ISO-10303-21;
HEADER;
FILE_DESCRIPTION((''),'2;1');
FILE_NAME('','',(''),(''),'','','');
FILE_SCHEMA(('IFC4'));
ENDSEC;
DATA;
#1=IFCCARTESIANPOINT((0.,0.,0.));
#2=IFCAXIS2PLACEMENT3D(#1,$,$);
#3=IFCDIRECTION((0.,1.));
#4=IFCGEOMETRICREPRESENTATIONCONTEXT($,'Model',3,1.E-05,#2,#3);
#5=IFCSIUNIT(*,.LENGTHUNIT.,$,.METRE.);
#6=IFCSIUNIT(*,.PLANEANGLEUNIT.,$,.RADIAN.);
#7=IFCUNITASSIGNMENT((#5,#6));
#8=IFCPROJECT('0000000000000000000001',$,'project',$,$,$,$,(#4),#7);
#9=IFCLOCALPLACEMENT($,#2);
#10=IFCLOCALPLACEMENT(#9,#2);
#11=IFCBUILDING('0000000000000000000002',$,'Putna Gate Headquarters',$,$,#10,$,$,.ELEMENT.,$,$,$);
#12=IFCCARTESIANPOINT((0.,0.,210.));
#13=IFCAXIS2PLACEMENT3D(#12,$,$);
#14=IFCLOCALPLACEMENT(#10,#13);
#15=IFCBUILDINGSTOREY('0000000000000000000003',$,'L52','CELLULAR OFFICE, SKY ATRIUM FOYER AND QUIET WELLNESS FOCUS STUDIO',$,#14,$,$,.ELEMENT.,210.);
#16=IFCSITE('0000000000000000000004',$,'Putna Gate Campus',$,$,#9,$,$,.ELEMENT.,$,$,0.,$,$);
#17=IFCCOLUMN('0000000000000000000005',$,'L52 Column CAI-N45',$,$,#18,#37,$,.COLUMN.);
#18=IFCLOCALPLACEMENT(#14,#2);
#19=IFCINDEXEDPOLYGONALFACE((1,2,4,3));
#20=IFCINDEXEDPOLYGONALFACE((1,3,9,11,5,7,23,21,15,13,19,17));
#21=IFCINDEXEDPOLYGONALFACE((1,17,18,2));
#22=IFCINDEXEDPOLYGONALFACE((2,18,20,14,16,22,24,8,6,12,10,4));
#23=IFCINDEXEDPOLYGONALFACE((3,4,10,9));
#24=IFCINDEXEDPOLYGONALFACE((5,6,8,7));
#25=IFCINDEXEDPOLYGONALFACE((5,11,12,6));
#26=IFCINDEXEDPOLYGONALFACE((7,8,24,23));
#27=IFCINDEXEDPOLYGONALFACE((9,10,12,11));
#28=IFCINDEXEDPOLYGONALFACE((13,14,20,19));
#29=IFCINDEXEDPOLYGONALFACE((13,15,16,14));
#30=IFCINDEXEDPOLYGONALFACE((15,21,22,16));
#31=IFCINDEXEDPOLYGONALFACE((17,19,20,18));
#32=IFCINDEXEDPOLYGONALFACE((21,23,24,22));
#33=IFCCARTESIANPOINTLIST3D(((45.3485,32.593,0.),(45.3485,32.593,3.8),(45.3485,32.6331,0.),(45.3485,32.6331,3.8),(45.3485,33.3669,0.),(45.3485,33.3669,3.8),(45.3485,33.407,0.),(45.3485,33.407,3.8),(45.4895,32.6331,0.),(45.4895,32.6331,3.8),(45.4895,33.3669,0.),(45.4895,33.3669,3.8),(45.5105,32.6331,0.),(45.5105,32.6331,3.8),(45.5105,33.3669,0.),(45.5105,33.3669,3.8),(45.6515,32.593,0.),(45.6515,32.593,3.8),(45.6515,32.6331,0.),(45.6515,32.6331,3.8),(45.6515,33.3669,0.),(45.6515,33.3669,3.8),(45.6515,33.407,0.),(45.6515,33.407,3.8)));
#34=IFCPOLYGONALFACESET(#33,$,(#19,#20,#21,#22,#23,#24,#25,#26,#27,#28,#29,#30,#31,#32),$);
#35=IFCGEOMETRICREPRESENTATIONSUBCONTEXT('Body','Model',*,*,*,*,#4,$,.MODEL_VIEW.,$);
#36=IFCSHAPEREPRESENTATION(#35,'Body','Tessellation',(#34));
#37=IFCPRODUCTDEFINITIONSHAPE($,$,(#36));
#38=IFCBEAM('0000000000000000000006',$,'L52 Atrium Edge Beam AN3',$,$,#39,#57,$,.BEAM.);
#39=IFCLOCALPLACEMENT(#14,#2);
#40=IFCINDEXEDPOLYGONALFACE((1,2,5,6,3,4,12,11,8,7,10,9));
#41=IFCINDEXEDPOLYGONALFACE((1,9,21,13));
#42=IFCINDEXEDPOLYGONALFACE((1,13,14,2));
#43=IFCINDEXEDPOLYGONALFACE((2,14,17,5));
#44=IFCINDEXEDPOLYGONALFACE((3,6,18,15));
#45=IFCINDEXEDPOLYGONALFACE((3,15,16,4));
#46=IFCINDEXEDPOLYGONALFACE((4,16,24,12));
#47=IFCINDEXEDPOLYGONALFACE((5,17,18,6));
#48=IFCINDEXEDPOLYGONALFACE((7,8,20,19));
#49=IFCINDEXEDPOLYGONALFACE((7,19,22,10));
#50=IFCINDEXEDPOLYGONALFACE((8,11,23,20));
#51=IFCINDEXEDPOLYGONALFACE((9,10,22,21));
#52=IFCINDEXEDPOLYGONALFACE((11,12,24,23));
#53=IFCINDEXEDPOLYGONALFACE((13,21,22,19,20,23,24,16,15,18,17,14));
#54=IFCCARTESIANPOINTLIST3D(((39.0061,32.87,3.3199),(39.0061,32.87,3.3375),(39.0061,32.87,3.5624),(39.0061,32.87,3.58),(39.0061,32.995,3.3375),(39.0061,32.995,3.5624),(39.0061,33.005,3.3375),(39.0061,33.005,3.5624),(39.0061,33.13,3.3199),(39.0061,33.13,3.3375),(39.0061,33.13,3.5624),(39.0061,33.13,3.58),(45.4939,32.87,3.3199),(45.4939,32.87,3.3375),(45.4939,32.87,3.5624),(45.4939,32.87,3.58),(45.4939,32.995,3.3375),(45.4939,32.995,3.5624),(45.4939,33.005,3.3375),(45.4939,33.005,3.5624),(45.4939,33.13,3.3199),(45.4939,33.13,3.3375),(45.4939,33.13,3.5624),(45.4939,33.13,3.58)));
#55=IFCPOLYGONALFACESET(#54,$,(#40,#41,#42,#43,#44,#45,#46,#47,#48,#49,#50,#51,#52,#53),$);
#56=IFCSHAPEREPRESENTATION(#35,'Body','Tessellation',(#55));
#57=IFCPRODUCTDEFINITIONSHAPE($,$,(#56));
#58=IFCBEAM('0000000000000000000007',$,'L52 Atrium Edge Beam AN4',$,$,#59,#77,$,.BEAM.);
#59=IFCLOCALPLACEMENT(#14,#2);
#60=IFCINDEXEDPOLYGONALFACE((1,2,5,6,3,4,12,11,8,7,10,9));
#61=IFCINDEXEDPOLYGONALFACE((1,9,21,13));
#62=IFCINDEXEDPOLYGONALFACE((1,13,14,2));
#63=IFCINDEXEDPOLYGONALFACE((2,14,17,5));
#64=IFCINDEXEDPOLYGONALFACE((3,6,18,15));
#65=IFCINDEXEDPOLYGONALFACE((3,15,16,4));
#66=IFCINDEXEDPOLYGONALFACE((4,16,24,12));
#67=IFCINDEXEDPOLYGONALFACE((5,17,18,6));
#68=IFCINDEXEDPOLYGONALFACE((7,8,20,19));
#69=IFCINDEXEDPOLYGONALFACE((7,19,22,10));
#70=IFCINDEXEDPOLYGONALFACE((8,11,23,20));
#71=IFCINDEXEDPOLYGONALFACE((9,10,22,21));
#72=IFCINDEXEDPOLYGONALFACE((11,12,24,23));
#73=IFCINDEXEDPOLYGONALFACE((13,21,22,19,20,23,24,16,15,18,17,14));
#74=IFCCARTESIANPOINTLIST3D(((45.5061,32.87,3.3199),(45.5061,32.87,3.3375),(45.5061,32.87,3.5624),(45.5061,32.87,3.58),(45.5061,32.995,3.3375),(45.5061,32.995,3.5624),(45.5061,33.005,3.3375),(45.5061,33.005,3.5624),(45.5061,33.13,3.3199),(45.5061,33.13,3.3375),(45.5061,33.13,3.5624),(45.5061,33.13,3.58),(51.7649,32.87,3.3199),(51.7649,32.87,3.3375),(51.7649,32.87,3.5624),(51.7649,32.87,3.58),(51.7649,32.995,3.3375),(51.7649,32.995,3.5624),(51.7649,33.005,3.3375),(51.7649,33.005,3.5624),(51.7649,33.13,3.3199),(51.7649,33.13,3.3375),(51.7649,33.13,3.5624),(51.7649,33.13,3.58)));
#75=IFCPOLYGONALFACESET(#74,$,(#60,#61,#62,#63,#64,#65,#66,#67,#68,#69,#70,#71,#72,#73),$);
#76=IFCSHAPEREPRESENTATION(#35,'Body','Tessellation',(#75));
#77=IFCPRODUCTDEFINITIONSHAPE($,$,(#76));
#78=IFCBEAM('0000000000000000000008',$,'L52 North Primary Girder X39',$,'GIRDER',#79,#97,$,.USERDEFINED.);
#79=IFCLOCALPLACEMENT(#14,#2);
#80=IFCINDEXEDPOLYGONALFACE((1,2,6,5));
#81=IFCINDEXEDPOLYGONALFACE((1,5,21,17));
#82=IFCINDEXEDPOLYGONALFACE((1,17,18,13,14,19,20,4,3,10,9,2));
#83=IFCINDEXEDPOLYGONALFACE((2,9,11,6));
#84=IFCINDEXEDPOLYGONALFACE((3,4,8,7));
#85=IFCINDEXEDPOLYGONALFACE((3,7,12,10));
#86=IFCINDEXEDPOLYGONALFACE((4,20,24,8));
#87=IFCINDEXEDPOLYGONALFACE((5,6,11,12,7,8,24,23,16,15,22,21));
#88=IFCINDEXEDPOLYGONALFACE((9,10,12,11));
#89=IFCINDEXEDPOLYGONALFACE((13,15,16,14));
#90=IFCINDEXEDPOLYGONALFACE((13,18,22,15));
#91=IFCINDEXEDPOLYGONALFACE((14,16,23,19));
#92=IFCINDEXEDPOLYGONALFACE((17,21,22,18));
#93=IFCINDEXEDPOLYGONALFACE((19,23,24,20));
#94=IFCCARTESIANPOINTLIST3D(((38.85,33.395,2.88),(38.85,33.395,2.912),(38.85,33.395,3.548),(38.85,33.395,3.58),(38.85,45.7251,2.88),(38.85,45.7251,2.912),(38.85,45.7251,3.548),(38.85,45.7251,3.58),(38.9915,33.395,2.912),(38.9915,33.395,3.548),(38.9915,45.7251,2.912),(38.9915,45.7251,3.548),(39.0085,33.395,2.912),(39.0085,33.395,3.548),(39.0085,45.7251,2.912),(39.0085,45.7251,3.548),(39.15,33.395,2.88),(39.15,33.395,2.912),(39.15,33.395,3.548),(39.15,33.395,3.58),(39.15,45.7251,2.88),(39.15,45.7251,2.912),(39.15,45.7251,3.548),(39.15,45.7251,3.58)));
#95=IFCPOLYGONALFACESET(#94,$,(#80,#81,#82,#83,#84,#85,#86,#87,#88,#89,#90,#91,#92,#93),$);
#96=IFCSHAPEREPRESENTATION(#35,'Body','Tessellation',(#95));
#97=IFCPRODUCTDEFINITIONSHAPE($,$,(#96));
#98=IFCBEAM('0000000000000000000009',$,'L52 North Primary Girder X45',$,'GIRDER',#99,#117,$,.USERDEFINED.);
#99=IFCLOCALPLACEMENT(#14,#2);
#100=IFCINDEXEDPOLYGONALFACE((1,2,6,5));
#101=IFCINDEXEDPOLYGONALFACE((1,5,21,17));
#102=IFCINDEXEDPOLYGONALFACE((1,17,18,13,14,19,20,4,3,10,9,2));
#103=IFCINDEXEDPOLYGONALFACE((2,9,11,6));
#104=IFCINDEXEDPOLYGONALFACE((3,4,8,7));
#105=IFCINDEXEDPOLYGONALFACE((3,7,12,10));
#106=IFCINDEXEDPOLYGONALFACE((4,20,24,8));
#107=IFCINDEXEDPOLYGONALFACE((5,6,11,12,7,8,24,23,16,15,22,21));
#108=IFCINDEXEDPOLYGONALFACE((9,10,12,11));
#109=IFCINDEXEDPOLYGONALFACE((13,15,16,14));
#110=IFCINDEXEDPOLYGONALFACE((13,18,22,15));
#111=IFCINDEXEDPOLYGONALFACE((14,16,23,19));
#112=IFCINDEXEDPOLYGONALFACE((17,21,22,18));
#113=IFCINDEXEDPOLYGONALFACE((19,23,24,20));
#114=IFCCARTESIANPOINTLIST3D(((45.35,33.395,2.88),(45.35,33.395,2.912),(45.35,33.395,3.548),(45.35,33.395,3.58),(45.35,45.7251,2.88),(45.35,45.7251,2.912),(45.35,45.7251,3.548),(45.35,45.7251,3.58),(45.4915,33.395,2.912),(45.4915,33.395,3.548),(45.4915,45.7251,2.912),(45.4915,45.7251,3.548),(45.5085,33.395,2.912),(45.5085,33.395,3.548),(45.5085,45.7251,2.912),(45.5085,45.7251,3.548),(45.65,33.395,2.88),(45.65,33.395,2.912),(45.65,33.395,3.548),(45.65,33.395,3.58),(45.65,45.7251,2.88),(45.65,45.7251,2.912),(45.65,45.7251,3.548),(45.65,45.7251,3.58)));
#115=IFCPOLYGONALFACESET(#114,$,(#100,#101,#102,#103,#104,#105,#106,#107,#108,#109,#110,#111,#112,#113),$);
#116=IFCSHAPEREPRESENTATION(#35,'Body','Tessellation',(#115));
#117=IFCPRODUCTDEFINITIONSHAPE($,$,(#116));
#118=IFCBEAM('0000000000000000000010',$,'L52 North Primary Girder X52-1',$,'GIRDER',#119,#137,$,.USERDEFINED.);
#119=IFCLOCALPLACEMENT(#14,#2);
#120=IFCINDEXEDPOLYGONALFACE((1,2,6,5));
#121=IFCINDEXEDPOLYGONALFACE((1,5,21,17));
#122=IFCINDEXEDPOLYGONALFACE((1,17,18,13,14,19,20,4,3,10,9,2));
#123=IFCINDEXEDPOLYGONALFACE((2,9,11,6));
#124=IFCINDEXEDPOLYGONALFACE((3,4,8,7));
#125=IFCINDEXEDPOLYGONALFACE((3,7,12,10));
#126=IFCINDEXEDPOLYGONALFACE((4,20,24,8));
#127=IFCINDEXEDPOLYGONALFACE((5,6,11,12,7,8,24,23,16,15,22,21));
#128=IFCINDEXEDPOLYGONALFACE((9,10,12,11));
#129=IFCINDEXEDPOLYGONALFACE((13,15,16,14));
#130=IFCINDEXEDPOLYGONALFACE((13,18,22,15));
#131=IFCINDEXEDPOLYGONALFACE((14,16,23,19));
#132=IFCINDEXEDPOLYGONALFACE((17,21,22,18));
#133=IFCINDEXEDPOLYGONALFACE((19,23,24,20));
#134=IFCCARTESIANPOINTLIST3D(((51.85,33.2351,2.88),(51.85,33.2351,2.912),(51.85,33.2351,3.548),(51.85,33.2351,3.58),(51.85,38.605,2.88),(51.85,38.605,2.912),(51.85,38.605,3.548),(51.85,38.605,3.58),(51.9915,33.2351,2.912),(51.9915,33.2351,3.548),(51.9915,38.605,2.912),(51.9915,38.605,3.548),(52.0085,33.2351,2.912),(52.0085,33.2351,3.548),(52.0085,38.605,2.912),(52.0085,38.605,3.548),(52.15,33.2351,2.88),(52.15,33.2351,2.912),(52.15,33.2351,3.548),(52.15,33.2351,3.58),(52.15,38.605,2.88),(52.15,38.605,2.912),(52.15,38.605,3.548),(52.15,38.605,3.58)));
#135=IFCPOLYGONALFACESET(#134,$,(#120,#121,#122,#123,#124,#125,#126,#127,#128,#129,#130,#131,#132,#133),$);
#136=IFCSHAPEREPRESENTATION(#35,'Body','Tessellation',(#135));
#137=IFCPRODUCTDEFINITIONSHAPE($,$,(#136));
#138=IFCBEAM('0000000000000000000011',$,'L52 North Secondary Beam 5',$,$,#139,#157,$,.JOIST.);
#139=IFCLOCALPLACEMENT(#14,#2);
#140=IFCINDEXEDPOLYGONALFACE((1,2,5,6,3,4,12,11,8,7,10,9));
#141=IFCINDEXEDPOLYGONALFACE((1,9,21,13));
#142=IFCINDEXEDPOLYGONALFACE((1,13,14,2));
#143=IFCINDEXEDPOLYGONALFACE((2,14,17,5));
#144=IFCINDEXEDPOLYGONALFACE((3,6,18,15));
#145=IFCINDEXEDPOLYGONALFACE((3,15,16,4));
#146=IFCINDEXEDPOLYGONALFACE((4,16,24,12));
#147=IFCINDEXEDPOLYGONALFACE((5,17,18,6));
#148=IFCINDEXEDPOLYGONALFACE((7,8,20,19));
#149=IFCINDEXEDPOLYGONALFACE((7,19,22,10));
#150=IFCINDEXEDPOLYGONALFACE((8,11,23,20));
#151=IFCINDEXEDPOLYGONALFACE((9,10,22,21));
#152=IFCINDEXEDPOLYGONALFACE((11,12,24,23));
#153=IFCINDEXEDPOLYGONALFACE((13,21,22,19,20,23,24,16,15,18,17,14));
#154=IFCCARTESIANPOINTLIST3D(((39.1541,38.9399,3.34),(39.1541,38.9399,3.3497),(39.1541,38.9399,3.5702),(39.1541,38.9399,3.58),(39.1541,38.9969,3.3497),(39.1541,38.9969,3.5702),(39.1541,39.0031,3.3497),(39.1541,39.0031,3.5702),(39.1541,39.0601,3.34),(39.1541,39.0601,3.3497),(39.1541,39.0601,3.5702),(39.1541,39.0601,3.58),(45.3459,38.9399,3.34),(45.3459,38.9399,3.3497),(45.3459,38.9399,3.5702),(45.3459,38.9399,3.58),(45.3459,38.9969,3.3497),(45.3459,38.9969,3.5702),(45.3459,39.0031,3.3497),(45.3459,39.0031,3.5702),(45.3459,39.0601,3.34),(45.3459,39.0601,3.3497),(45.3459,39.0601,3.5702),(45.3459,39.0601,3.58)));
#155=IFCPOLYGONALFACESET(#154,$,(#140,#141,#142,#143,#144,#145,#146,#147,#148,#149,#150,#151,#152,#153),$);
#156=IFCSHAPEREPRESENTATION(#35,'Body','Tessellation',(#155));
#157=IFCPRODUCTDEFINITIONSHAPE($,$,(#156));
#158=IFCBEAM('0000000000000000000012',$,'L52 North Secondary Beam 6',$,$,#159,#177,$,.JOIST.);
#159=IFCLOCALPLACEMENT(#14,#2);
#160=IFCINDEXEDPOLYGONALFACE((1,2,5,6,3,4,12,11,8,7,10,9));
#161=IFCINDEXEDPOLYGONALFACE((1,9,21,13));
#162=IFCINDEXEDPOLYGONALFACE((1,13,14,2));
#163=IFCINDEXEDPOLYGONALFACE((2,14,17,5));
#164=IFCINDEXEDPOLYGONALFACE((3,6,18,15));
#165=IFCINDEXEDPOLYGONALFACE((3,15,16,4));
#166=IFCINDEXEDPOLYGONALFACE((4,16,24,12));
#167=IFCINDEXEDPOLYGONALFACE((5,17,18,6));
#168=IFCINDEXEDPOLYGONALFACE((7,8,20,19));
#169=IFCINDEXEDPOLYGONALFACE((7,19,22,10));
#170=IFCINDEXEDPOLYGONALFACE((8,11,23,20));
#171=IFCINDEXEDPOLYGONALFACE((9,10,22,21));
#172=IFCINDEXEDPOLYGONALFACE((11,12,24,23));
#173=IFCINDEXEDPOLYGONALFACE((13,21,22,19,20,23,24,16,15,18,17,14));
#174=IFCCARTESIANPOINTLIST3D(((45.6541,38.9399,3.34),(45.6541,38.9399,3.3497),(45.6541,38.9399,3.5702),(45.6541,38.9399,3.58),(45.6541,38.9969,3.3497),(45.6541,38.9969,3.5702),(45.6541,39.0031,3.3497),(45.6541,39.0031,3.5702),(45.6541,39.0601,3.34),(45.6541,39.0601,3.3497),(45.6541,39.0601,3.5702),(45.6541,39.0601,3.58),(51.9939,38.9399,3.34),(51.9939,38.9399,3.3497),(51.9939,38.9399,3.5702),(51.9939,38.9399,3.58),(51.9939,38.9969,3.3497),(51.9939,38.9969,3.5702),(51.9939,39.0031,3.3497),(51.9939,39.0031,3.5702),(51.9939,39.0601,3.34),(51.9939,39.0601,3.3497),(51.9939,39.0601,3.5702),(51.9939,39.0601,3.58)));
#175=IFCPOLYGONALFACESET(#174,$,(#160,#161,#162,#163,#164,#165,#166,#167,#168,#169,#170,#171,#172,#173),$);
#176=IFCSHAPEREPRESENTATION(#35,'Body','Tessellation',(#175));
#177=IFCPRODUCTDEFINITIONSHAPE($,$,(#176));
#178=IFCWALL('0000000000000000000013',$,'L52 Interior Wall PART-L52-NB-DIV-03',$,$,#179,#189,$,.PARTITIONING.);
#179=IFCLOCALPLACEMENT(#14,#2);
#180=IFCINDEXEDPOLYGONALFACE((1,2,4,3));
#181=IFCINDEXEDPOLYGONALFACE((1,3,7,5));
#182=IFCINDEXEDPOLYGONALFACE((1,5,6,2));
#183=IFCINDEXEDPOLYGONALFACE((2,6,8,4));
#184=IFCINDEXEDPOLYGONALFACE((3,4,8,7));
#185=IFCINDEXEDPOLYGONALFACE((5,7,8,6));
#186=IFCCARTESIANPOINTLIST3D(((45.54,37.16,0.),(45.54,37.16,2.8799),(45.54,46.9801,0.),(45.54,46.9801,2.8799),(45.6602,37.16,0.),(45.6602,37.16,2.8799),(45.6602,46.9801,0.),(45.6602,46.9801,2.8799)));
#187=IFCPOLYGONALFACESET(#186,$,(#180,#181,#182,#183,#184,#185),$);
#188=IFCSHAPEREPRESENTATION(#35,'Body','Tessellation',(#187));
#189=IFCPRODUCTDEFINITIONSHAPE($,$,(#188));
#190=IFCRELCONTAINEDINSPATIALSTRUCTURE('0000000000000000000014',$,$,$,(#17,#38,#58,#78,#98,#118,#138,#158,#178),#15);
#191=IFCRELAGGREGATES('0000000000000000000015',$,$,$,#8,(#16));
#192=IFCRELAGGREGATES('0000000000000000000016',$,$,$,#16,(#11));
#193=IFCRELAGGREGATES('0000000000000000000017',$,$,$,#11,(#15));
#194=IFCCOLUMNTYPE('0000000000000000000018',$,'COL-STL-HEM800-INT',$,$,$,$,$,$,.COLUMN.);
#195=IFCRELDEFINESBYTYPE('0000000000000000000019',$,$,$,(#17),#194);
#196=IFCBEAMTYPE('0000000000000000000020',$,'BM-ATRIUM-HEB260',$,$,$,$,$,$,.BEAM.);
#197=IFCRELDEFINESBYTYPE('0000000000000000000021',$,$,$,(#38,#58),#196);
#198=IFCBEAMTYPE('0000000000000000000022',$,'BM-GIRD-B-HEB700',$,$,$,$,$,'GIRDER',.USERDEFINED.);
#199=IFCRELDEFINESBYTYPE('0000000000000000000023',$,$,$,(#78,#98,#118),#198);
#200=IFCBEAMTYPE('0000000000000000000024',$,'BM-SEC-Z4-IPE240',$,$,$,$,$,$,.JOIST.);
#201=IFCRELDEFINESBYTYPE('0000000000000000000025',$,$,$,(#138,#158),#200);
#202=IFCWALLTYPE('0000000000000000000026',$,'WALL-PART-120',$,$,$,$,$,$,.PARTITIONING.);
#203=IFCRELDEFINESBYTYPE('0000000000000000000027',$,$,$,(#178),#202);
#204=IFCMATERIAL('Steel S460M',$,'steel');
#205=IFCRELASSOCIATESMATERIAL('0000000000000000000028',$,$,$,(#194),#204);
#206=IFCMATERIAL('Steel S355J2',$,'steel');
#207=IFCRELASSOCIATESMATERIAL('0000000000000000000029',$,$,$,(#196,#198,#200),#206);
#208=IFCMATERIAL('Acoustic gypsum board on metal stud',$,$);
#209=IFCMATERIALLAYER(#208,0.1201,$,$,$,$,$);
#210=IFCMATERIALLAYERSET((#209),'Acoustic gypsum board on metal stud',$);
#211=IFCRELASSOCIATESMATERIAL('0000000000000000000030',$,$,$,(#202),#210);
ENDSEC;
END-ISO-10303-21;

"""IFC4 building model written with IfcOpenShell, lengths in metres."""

from ifc_helpers import new_model, si_unit, direction, frame, frame_2d, origin, origin_2d, place, context, subcontext, project, spatial, rectangle, i_section, extrude, material, layer, layer_set, material_profile, profile_set, type_object, element, save


model = new_model("IFC4")

# Units and contexts
model_context = context("Model", 3, precision=1e-05, world=origin(), true_north=direction((0.0, 1.0)))
body_context = subcontext(model_context, "Body", "Model", "MODEL_VIEW")
ifc_project = project(units=[si_unit("LENGTHUNIT", "METRE"), si_unit("PLANEANGLEUNIT", "RADIAN")], contexts=[model_context])

# Site, building, storey
site_placement = place(None, origin())
site = spatial("IfcSite", under=ifc_project, at=site_placement, Name="Putna Gate Campus", CompositionType="ELEMENT", RefElevation=0.0)
building_placement = place(site_placement, origin())
building = spatial("IfcBuilding", under=site, at=building_placement, Name="Putna Gate Headquarters", CompositionType="ELEMENT")
storey_placement = place(building_placement, frame((0.0, 0.0, 210.0)))
storey = spatial("IfcBuildingStorey", under=building, at=storey_placement, Name="L52", Description="CELLULAR OFFICE, SKY ATRIUM FOYER AND QUIET WELLNESS FOCUS STUDIO", CompositionType="ELEMENT", Elevation=210.0)

# Column
ifc_material_1 = material(Name="Steel S460M", Category="steel")
ifc_material_profile_1 = material_profile(ifc_material_1, i_section(OverallWidth=0.303, OverallDepth=0.814, WebThickness=0.021, FlangeThickness=0.04, at=origin_2d()), Name="Steel S460M")
ifc_profile_set_1 = profile_set([ifc_material_profile_1], Name="Steel S460M")
column_type = type_object("IfcColumnType", Name="COL-STL-HEM800-INT", PredefinedType="COLUMN", material=ifc_profile_set_1)
column_placement = place(storey_placement, frame((45.5, 33.0, 0.0), z_axis=(0.0, 0.0, 1.0), x_axis=(1.0, 0.0, 0.0)))
element("IfcColumn", 1, at=column_placement, inside=storey, type_object=column_type, Name="L52 Column CAI-N45", PredefinedType="COLUMN", context=body_context, shape_type="SweptSolid", body=[
    extrude(i_section(OverallWidth=0.303, OverallDepth=0.814, WebThickness=0.021, FlangeThickness=0.04, at=origin_2d()), origin(), (0.0, 0.0, 1.0), 3.8),
])

# Beams
ifc_material_2 = material(Name="Steel S355J2", Category="steel")
ifc_material_profile_2 = material_profile(ifc_material_2, i_section(OverallWidth=0.26, OverallDepth=0.26, WebThickness=0.01, FlangeThickness=0.0176, at=origin_2d()), Name="Steel S355J2")
ifc_profile_set_2 = profile_set([ifc_material_profile_2], Name="Steel S355J2")
beam_type_1 = type_object("IfcBeamType", Name="BM-ATRIUM-HEB260", PredefinedType="BEAM", material=ifc_profile_set_2)
beam_1_placement = place(storey_placement, frame((39.0061, 33.0, 3.45), z_axis=(1.0, 0.0, 0.0), x_axis=(0.0, 1.0, 0.0)))
element("IfcBeam", 2, at=beam_1_placement, inside=storey, type_object=beam_type_1, Name="L52 Atrium Edge Beam AN3", PredefinedType="BEAM", context=body_context, shape_type="SweptSolid", body=[
    extrude(i_section(OverallWidth=0.26, OverallDepth=0.26, WebThickness=0.01, FlangeThickness=0.0176, at=origin_2d()), origin(), (0.0, 0.0, 1.0), 6.4878),
])
beam_2_placement = place(storey_placement, frame((45.5061, 33.0, 3.45), z_axis=(1.0, 0.0, 0.0), x_axis=(0.0, 1.0, 0.0)))
element("IfcBeam", 3, at=beam_2_placement, inside=storey, type_object=beam_type_1, Name="L52 Atrium Edge Beam AN4", PredefinedType="BEAM", context=body_context, shape_type="SweptSolid", body=[
    extrude(i_section(OverallWidth=0.26, OverallDepth=0.26, WebThickness=0.01, FlangeThickness=0.0176, at=origin_2d()), origin(), (0.0, 0.0, 1.0), 6.2588),
])
ifc_material_profile_3 = material_profile(ifc_material_2, i_section(OverallWidth=0.3, OverallDepth=0.7, WebThickness=0.0171, FlangeThickness=0.032, at=origin_2d()), Name="Steel S355J2")
ifc_profile_set_3 = profile_set([ifc_material_profile_3], Name="Steel S355J2")
beam_type_2 = type_object("IfcBeamType", Name="BM-GIRD-B-HEB700", ElementType="GIRDER", PredefinedType="USERDEFINED", material=ifc_profile_set_3)
for number, where, z_axis, x_axis, name in (
    (4, (39.0, 33.395, 3.23), (0.0, 1.0, 0.0), (-1.0, 0.0, 0.0), "L52 North Primary Girder X39"),
    (5, (45.5, 33.395, 3.23), (0.0, 1.0, 0.0), (-1.0, 0.0, 0.0), "L52 North Primary Girder X45"),
):
    element("IfcBeam", number, at=place(storey_placement, frame(where, z_axis=z_axis, x_axis=x_axis)), inside=storey, type_object=beam_type_2, Name=name, ObjectType="GIRDER", PredefinedType="USERDEFINED", context=body_context, shape_type="SweptSolid", body=[
        extrude(i_section(OverallWidth=0.3, OverallDepth=0.7, WebThickness=0.0171, FlangeThickness=0.032, at=origin_2d()), origin(), (0.0, 0.0, 1.0), 12.3301),
    ])
beam_3_placement = place(storey_placement, frame((52.0, 33.2351, 3.23), z_axis=(0.0, 1.0, 0.0), x_axis=(-1.0, 0.0, 0.0)))
element("IfcBeam", 6, at=beam_3_placement, inside=storey, type_object=beam_type_2, Name="L52 North Primary Girder X52-1", ObjectType="GIRDER", PredefinedType="USERDEFINED", context=body_context, shape_type="SweptSolid", body=[
    extrude(i_section(OverallWidth=0.3, OverallDepth=0.7, WebThickness=0.0171, FlangeThickness=0.032, at=origin_2d()), origin(), (0.0, 0.0, 1.0), 5.3699),
])
ifc_material_profile_4 = material_profile(ifc_material_2, i_section(OverallWidth=0.1201, OverallDepth=0.24, WebThickness=0.0061, FlangeThickness=0.0098, at=origin_2d()), Name="Steel S355J2")
ifc_profile_set_4 = profile_set([ifc_material_profile_4], Name="Steel S355J2")
beam_type_3 = type_object("IfcBeamType", Name="BM-SEC-Z4-IPE240", PredefinedType="JOIST", material=ifc_profile_set_4)
beam_4_placement = place(storey_placement, frame((39.1541, 39.0, 3.46), z_axis=(1.0, 0.0, 0.0), x_axis=(0.0, 1.0, 0.0)))
element("IfcBeam", 7, at=beam_4_placement, inside=storey, type_object=beam_type_3, Name="L52 North Secondary Beam 5", PredefinedType="JOIST", context=body_context, shape_type="SweptSolid", body=[
    extrude(i_section(OverallWidth=0.1201, OverallDepth=0.24, WebThickness=0.0061, FlangeThickness=0.0098, at=origin_2d()), origin(), (0.0, 0.0, 1.0), 6.1919),
])
beam_5_placement = place(storey_placement, frame((45.6541, 39.0, 3.46), z_axis=(1.0, 0.0, 0.0), x_axis=(0.0, 1.0, 0.0)))
element("IfcBeam", 8, at=beam_5_placement, inside=storey, type_object=beam_type_3, Name="L52 North Secondary Beam 6", PredefinedType="JOIST", context=body_context, shape_type="SweptSolid", body=[
    extrude(i_section(OverallWidth=0.1201, OverallDepth=0.24, WebThickness=0.0061, FlangeThickness=0.0098, at=origin_2d()), origin(), (0.0, 0.0, 1.0), 6.3398),
])

# Shared definitions
ifc_material_3 = material(Name="Acoustic gypsum board on metal stud")
ifc_layer_1 = layer(ifc_material_3, 0.1201)
ifc_layer_set_1 = layer_set([ifc_layer_1], Name="Acoustic gypsum board on metal stud")
wall_type_1 = type_object("IfcWallType", Name="WALL-PART-120", PredefinedType="PARTITIONING", material=ifc_layer_set_1)

# Wall
wall_1_placement = place(storey_placement, frame((45.6001, 37.1599, 0.0), z_axis=(0.0, 0.0, 1.0), x_axis=(0.0, 1.0, 0.0)))
element("IfcWall", 9, at=wall_1_placement, inside=storey, type_object=wall_type_1, Name="L52 Interior Wall PART-L52-NB-DIV-03", PredefinedType="PARTITIONING", context=body_context, shape_type="SweptSolid", body=[
    extrude(rectangle(XDim=9.8201, YDim=0.1201, at=frame_2d((4.9102, 0.0))), origin(), (0.0, 0.0, 1.0), 2.8799),
])

save(model, "model.ifc")
